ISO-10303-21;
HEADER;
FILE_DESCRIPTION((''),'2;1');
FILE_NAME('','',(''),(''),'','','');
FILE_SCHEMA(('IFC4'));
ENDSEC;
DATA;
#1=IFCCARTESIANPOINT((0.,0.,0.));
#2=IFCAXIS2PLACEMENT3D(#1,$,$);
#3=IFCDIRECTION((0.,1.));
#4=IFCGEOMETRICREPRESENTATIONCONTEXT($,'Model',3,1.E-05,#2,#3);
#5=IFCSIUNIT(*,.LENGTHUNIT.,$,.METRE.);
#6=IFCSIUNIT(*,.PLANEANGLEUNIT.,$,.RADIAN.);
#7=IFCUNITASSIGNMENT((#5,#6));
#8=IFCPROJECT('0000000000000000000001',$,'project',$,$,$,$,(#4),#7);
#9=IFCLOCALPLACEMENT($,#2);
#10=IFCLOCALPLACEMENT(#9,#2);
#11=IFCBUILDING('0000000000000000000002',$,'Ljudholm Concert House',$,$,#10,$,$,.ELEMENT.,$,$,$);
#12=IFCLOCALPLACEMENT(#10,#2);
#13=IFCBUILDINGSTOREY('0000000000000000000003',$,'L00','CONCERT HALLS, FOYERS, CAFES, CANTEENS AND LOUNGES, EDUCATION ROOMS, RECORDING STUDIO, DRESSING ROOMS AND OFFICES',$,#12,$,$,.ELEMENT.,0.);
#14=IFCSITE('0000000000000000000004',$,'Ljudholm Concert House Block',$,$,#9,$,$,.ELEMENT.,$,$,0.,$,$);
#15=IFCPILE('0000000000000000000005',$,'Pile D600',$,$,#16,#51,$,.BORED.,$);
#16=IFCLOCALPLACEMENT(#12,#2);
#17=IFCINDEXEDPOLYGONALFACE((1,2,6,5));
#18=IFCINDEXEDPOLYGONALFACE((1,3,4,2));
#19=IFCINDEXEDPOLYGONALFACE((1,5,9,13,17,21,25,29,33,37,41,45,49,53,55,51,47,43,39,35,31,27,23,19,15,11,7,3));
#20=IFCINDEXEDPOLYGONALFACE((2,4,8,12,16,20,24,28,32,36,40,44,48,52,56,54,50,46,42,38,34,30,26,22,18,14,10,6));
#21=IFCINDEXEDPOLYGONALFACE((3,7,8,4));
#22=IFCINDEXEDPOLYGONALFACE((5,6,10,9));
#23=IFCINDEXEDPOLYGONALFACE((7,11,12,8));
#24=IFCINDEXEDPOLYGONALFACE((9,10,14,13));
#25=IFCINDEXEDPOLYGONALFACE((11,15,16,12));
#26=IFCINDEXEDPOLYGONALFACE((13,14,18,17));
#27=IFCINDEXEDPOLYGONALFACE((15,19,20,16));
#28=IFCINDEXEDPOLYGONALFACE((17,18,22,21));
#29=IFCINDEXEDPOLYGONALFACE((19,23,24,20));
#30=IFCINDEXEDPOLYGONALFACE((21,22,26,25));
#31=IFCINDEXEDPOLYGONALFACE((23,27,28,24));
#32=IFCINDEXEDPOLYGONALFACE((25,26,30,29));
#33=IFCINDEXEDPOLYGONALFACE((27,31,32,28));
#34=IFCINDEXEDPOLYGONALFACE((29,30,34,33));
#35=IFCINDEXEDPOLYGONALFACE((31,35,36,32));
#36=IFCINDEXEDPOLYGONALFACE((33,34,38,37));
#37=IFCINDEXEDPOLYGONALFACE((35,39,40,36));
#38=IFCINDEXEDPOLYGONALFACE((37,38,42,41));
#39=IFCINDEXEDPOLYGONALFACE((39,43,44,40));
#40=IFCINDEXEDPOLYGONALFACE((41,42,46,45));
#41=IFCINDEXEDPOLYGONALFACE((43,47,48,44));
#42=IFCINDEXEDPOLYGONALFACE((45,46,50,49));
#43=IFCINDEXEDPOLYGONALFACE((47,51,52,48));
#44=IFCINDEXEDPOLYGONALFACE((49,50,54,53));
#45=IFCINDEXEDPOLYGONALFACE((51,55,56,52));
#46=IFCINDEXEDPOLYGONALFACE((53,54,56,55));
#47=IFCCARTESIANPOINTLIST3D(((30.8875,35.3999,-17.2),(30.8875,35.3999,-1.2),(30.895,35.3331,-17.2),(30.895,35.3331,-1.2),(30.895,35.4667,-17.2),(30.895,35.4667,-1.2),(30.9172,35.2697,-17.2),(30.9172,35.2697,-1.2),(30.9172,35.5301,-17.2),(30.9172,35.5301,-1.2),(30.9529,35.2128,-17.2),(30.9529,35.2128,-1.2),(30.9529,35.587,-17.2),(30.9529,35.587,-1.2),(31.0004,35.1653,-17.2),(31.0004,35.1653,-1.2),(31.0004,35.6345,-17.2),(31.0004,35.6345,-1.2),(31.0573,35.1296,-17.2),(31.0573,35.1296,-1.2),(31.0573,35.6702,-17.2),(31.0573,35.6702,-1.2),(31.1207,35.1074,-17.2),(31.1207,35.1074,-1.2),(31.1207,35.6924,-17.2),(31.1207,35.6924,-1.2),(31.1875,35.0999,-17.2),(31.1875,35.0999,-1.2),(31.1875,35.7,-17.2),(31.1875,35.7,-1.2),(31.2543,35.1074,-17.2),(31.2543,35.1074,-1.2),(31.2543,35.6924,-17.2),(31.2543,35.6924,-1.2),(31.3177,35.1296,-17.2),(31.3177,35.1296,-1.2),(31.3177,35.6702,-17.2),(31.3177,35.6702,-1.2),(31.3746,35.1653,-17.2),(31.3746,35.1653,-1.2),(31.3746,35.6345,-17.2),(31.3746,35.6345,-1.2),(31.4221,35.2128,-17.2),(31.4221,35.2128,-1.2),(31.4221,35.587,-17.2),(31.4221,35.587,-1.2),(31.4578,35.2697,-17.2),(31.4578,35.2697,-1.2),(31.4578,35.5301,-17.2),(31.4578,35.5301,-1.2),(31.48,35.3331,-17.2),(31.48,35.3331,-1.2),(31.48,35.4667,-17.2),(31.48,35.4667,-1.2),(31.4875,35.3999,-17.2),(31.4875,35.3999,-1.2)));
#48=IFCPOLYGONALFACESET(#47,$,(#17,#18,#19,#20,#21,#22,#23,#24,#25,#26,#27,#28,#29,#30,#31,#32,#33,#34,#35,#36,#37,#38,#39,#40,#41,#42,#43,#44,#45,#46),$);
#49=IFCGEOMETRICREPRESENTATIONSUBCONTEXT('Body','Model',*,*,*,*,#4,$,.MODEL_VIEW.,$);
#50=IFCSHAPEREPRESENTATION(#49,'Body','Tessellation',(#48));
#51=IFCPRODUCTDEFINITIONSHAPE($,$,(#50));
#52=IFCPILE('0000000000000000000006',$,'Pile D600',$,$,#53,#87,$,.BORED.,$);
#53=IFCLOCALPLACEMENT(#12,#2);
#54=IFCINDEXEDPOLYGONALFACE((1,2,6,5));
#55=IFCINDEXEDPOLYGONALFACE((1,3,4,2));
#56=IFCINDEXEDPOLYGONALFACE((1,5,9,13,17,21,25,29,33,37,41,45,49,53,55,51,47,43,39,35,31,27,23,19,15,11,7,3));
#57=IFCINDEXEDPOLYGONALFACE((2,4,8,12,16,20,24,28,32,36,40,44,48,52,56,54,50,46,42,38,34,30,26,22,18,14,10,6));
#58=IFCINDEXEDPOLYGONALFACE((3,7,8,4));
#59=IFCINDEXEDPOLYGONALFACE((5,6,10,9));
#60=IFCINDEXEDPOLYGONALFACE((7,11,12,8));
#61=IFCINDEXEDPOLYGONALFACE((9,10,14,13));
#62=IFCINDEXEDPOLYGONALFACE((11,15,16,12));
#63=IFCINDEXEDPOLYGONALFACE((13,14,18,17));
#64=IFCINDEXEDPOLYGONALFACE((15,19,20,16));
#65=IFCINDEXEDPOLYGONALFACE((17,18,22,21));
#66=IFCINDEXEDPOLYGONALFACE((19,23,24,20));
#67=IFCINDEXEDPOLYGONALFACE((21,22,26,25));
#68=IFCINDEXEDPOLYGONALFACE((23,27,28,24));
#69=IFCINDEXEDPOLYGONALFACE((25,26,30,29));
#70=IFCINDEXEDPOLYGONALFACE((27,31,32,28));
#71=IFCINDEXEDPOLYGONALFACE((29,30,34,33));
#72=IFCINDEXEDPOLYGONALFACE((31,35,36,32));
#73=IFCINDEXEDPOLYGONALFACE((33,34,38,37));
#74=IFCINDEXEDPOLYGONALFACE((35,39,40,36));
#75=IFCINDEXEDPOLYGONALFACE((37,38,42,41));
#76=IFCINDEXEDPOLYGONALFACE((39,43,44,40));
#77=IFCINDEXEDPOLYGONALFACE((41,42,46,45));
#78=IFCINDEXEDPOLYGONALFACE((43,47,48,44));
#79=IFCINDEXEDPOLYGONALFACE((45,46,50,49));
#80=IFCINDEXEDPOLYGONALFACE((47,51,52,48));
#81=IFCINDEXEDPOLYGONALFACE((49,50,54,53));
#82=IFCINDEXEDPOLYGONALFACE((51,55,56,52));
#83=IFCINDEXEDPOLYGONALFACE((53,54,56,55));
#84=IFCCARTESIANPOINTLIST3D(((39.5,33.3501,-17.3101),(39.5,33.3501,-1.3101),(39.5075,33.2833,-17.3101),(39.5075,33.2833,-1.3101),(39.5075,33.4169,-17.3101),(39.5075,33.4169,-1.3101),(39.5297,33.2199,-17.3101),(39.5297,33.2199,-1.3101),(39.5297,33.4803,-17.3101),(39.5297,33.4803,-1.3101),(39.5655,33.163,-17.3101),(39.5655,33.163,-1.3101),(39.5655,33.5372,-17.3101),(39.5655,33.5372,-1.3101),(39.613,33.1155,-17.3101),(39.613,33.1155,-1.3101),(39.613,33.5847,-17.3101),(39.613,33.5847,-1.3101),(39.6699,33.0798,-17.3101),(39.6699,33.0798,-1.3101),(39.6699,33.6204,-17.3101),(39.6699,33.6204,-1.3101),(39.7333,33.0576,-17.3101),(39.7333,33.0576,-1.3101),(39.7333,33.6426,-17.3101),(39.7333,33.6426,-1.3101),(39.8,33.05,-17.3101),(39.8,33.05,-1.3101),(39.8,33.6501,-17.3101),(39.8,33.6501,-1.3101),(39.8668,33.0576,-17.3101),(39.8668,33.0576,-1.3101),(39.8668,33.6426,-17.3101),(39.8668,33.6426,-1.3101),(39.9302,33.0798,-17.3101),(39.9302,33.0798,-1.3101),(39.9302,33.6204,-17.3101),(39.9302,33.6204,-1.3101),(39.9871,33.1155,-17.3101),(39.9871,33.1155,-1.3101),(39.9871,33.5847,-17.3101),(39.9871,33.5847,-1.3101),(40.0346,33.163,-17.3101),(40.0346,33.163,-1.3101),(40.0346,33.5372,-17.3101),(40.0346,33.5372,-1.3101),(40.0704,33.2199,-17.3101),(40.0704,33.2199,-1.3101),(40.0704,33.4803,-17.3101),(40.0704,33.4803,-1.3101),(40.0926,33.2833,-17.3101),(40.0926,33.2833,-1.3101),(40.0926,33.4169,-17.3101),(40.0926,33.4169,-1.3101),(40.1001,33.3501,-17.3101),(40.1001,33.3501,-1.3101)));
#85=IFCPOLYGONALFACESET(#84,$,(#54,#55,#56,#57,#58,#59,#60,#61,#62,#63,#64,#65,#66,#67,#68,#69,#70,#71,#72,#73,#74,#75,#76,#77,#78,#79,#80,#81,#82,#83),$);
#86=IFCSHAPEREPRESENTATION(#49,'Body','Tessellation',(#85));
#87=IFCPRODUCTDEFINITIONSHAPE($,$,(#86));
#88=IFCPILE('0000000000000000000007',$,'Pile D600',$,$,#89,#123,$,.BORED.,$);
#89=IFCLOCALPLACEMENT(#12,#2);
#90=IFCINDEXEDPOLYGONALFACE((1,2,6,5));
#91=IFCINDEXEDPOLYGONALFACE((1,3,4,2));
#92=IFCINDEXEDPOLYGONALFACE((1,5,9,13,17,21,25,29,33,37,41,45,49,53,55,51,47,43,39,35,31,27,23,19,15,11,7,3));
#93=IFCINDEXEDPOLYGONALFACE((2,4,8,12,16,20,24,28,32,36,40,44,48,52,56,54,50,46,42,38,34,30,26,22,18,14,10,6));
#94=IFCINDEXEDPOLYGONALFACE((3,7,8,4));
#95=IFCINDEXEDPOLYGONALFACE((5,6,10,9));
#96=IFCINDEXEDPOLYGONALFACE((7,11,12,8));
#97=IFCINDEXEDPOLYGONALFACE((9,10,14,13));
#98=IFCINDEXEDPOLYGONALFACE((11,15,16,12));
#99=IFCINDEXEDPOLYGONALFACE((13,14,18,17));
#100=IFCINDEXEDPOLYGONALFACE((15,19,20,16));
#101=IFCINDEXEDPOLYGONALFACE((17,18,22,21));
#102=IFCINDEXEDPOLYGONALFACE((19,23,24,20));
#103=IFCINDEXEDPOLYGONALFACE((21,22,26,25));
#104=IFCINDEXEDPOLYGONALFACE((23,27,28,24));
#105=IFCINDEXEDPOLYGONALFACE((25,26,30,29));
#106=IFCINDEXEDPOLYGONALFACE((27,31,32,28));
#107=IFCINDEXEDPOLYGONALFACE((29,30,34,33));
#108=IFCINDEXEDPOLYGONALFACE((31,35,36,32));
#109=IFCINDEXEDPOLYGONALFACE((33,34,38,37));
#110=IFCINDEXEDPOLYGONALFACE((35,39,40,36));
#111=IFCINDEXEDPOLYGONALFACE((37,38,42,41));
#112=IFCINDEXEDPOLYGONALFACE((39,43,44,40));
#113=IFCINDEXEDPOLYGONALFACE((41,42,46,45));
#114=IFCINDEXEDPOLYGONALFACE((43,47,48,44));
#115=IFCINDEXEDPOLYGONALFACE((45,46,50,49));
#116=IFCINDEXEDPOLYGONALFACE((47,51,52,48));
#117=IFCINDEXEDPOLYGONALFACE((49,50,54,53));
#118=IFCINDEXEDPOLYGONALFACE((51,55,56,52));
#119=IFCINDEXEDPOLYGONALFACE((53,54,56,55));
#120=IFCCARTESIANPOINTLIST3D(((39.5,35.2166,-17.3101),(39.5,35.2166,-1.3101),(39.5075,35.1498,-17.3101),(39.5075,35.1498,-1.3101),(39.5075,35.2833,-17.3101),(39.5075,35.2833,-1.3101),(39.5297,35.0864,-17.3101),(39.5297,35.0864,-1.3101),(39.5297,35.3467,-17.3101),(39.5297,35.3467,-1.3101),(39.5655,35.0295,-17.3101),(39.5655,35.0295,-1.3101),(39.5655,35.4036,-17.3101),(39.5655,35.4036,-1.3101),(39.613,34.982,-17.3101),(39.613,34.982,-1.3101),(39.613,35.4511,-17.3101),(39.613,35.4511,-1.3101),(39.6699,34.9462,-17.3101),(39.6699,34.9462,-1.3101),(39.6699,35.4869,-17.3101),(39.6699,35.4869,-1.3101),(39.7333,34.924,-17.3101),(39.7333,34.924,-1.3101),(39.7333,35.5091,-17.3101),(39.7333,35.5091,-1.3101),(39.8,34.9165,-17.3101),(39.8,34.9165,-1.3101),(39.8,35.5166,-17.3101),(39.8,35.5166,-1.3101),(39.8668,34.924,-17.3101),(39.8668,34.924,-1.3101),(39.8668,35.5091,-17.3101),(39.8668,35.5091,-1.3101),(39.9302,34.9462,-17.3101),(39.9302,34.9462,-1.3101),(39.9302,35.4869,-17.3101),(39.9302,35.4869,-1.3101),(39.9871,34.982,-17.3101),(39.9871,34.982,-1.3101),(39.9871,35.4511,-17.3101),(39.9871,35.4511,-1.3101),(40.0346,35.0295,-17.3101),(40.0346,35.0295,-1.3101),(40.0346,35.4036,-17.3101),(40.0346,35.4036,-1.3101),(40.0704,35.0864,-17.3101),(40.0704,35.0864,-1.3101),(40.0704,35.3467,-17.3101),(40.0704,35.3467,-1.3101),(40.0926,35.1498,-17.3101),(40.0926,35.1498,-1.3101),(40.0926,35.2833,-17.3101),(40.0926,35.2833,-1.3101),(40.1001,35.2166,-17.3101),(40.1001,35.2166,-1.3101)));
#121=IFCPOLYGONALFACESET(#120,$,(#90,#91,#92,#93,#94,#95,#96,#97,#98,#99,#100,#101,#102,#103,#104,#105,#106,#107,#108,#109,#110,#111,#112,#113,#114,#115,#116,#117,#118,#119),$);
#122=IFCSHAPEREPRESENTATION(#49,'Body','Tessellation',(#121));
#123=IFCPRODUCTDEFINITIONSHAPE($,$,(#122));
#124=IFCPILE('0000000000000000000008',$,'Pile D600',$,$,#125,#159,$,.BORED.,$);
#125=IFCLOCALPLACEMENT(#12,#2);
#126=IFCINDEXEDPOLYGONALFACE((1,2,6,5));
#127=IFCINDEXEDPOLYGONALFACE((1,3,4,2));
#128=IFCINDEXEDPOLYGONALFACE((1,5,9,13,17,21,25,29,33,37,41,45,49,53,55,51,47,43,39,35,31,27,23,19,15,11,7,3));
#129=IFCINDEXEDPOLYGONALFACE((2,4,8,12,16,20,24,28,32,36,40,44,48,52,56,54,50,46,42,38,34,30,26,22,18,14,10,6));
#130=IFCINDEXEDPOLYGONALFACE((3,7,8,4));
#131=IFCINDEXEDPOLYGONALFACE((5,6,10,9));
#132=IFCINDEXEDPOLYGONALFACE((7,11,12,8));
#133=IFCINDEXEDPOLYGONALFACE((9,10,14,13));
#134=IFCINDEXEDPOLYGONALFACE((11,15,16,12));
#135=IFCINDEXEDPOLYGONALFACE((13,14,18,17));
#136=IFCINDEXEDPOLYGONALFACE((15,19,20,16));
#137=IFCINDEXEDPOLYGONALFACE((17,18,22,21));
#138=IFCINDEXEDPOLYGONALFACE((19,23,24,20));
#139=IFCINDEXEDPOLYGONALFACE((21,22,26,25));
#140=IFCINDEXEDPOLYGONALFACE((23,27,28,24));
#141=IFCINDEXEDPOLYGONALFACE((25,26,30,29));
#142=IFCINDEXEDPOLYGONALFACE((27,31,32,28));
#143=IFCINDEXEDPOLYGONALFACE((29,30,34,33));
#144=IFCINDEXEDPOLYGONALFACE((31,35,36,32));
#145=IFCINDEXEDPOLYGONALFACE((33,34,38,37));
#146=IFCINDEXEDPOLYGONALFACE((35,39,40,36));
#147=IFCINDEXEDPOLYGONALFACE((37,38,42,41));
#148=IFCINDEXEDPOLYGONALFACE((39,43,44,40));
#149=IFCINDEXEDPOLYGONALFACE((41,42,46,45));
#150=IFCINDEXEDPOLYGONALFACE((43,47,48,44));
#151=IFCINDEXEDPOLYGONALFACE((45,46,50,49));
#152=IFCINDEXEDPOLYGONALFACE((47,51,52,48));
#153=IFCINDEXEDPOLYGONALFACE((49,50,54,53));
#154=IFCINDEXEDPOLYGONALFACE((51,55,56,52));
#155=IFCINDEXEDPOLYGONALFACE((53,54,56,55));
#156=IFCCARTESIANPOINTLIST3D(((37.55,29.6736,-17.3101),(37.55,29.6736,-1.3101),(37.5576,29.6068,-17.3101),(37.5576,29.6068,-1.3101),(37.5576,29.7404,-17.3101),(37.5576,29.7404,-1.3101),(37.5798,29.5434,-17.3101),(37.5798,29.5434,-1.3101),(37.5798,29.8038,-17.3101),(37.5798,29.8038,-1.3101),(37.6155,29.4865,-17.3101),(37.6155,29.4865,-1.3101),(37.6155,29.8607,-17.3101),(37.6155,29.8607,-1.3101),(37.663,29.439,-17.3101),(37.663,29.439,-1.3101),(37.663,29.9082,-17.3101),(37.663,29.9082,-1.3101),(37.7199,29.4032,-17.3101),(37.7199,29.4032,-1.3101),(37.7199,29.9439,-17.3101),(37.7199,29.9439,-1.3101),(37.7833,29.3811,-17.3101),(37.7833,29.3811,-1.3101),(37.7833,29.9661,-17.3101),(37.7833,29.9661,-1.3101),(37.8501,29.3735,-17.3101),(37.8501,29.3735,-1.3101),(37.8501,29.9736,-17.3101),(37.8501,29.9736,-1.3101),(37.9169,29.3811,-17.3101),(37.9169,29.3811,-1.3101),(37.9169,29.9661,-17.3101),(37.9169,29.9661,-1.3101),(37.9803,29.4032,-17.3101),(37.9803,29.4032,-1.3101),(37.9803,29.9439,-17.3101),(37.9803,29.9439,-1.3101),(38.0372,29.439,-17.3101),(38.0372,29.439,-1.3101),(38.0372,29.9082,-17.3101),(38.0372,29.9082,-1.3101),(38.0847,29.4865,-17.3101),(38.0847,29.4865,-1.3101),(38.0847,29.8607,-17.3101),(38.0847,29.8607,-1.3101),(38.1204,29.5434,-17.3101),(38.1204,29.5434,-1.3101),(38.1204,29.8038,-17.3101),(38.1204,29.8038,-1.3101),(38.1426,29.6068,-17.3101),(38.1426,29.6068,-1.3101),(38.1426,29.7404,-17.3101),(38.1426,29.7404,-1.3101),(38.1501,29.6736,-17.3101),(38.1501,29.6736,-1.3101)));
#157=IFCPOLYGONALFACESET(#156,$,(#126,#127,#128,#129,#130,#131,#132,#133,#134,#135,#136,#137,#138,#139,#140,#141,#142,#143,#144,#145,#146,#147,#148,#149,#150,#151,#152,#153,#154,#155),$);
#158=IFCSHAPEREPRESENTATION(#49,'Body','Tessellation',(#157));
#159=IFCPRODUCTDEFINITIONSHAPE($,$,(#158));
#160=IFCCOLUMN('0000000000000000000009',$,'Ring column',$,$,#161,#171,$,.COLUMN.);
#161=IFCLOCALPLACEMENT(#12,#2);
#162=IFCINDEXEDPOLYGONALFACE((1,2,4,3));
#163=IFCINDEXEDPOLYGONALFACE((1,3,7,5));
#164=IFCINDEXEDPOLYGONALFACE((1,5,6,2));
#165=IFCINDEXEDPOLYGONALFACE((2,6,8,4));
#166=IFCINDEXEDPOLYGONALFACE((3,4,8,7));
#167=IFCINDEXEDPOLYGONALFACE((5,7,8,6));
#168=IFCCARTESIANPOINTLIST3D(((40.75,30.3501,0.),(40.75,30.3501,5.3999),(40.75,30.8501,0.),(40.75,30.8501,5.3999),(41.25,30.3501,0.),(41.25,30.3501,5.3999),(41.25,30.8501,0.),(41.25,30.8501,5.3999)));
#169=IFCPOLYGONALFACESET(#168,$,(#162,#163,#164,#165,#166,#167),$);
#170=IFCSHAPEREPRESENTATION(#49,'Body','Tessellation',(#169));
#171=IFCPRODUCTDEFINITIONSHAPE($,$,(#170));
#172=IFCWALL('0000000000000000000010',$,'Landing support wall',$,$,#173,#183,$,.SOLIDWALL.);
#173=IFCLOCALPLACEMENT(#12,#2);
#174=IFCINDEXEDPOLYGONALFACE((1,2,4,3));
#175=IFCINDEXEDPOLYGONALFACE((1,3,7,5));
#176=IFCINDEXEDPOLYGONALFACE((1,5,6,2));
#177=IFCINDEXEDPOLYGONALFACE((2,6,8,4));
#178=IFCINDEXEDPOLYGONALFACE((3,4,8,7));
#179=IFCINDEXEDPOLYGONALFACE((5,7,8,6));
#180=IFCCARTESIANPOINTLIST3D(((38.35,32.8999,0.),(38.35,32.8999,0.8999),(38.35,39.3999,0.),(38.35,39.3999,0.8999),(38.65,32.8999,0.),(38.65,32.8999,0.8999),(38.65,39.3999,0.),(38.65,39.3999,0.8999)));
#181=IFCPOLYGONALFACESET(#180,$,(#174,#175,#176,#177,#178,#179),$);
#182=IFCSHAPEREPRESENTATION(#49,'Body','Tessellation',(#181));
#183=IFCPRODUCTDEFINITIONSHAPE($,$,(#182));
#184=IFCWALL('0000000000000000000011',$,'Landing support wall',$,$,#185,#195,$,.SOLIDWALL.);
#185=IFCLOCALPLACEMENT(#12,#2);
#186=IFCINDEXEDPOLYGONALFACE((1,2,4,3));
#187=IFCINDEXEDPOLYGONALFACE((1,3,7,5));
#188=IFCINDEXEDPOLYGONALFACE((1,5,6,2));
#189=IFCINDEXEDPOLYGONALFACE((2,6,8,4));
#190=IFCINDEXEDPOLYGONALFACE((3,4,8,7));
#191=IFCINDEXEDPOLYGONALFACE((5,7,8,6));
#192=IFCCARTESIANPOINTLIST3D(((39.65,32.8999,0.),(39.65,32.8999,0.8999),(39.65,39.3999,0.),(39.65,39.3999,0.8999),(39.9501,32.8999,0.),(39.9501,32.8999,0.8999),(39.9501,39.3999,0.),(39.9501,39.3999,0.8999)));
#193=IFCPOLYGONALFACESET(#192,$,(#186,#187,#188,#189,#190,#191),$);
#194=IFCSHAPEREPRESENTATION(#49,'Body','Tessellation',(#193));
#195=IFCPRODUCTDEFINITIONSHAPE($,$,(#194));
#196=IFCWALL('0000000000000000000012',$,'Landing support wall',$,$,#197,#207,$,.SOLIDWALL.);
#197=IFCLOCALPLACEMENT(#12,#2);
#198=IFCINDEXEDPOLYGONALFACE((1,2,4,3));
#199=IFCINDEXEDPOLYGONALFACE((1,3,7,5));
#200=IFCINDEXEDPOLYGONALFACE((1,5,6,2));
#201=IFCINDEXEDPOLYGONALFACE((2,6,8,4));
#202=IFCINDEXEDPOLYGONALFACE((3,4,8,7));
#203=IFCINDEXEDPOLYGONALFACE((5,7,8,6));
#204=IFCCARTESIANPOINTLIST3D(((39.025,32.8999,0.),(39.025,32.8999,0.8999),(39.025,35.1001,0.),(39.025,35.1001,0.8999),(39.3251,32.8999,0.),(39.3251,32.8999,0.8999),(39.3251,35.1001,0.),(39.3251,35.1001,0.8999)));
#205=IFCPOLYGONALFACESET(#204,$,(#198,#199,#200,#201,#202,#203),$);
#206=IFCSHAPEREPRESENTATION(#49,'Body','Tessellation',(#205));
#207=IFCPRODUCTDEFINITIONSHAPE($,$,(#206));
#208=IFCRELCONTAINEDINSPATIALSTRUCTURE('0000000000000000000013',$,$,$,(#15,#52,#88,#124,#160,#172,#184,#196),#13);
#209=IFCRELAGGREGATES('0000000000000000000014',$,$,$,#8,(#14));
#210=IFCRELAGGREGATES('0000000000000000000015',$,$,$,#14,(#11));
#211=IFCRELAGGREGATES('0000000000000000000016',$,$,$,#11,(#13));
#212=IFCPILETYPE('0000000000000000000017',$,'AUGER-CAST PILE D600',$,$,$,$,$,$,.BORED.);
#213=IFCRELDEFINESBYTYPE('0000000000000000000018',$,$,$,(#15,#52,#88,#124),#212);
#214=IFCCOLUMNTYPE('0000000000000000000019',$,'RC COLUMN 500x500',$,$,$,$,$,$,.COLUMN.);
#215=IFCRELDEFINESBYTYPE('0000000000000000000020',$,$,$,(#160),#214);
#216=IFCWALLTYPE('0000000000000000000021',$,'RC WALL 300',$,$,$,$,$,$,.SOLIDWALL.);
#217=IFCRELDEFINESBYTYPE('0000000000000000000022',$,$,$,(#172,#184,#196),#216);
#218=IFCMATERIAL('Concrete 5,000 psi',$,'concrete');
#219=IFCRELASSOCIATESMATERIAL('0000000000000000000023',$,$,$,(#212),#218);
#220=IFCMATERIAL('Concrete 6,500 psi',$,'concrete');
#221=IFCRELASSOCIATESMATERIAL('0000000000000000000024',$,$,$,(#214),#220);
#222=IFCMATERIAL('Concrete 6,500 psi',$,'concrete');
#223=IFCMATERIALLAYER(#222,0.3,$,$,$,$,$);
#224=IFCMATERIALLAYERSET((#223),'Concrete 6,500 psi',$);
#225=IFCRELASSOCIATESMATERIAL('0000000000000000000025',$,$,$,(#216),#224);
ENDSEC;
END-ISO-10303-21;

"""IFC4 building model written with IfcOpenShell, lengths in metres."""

from ifc_helpers import new_model, si_unit, direction, frame, frame_2d, origin, origin_2d, place, context, subcontext, project, spatial, rectangle, circle, extrude, material, layer, layer_set, material_profile, profile_set, type_object, element, save


model = new_model("IFC4")

# Units and contexts
model_context = context("Model", 3, precision=1e-05, world=origin(), true_north=direction((0.0, 1.0)))
body_context = subcontext(model_context, "Body", "Model", "MODEL_VIEW")
ifc_project = project(units=[si_unit("LENGTHUNIT", "METRE"), si_unit("PLANEANGLEUNIT", "RADIAN")], contexts=[model_context])

# Site, building, storey
site_placement = place(None, origin())
site = spatial("IfcSite", under=ifc_project, at=site_placement, Name="Ljudholm Concert House Block", CompositionType="ELEMENT", RefElevation=0.0)
building_placement = place(site_placement, origin())
building = spatial("IfcBuilding", under=site, at=building_placement, Name="Ljudholm Concert House", CompositionType="ELEMENT")
storey_placement = place(building_placement, origin())
storey = spatial("IfcBuildingStorey", under=building, at=storey_placement, Name="L00", Description="CONCERT HALLS, FOYERS, CAFES, CANTEENS AND LOUNGES, EDUCATION ROOMS, RECORDING STUDIO, DRESSING ROOMS AND OFFICES", CompositionType="ELEMENT", Elevation=0.0)

# Piles
ifc_material_1 = material(Name="Concrete 5,000 psi", Category="concrete")
ifc_material_profile_1 = material_profile(ifc_material_1, circle(Radius=0.3, at=origin_2d()), Name="AUGER-CAST PILE D600")
ifc_profile_set_1 = profile_set([ifc_material_profile_1], Name="Concrete 5,000 psi")
pile_type = type_object("IfcPileType", Name="AUGER-CAST PILE D600", PredefinedType="BORED", material=ifc_profile_set_1)
for number, where, z_axis, x_axis, name in (
    (1, (31.1875, 35.3999, -1.2), (0.0, 0.0, -1.0), (1.0, 0.0, 0.0), "Pile D600"),
    (2, (39.8, 33.3501, -1.3101), (0.0, 0.0, -1.0), (1.0, 0.0, 0.0), "Pile D600"),
    (3, (39.8, 35.2166, -1.3101), (0.0, 0.0, -1.0), (1.0, 0.0, 0.0), "Pile D600"),
    (4, (37.8501, 29.6736, -1.3101), (0.0, 0.0, -1.0), (1.0, 0.0, 0.0), "Pile D600"),
):
    element("IfcPile", number, at=place(storey_placement, frame(where, z_axis=z_axis, x_axis=x_axis)), inside=storey, type_object=pile_type, Name=name, PredefinedType="BORED", context=body_context, shape_type="SweptSolid", body=[
        extrude(circle(Radius=0.3, at=origin_2d()), origin(), (0.0, 0.0, 1.0), 16.0),
    ])

# Column
ifc_material_2 = material(Name="Concrete 6,500 psi", Category="concrete")
ifc_material_profile_2 = material_profile(ifc_material_2, rectangle(XDim=0.5, YDim=0.5, at=origin_2d()), Name="RC COLUMN 500x500")
ifc_profile_set_2 = profile_set([ifc_material_profile_2], Name="Concrete 6,500 psi")
column_type = type_object("IfcColumnType", Name="RC COLUMN 500x500", PredefinedType="COLUMN", material=ifc_profile_set_2)
column_placement = place(storey_placement, frame((41.0, 30.6001, 0.0), z_axis=(0.0, 0.0, 1.0), x_axis=(1.0, 0.0, 0.0)))
element("IfcColumn", 5, at=column_placement, inside=storey, type_object=column_type, Name="Ring column", PredefinedType="COLUMN", context=body_context, shape_type="SweptSolid", body=[
    extrude(rectangle(XDim=0.5, YDim=0.5, at=origin_2d()), origin(), (0.0, 0.0, 1.0), 5.3999),
])

# Walls
ifc_material_3 = material(Name="Concrete 6,500 psi", Category="concrete")
ifc_layer = layer(ifc_material_3, 0.3)
ifc_layer_set = layer_set([ifc_layer], Name="Concrete 6,500 psi")
wall_type = type_object("IfcWallType", Name="RC WALL 300", PredefinedType="SOLIDWALL", material=ifc_layer_set)
for number, where, z_axis, x_axis, name in (
    (6, (38.5, 32.8999, 0.0), (0.0, 0.0, 1.0), (0.0, 1.0, 0.0), "Landing support wall"),
    (7, (39.8, 32.8999, 0.0), (0.0, 0.0, 1.0), (0.0, 1.0, 0.0), "Landing support wall"),
):
    element("IfcWall", number, at=place(storey_placement, frame(where, z_axis=z_axis, x_axis=x_axis)), inside=storey, type_object=wall_type, Name=name, PredefinedType="SOLIDWALL", context=body_context, shape_type="SweptSolid", body=[
        extrude(rectangle(XDim=6.5, YDim=0.3, at=frame_2d((3.25, 0.0))), origin(), (0.0, 0.0, 1.0), 0.8999),
    ])
wall_placement = place(storey_placement, frame((39.175, 32.8999, 0.0), z_axis=(0.0, 0.0, 1.0), x_axis=(0.0, 1.0, 0.0)))
element("IfcWall", 8, at=wall_placement, inside=storey, type_object=wall_type, Name="Landing support wall", PredefinedType="SOLIDWALL", context=body_context, shape_type="SweptSolid", body=[
    extrude(rectangle(XDim=2.2002, YDim=0.3, at=frame_2d((1.1001, 0.0))), origin(), (0.0, 0.0, 1.0), 0.8999),
])

save(model, "model.ifc")
